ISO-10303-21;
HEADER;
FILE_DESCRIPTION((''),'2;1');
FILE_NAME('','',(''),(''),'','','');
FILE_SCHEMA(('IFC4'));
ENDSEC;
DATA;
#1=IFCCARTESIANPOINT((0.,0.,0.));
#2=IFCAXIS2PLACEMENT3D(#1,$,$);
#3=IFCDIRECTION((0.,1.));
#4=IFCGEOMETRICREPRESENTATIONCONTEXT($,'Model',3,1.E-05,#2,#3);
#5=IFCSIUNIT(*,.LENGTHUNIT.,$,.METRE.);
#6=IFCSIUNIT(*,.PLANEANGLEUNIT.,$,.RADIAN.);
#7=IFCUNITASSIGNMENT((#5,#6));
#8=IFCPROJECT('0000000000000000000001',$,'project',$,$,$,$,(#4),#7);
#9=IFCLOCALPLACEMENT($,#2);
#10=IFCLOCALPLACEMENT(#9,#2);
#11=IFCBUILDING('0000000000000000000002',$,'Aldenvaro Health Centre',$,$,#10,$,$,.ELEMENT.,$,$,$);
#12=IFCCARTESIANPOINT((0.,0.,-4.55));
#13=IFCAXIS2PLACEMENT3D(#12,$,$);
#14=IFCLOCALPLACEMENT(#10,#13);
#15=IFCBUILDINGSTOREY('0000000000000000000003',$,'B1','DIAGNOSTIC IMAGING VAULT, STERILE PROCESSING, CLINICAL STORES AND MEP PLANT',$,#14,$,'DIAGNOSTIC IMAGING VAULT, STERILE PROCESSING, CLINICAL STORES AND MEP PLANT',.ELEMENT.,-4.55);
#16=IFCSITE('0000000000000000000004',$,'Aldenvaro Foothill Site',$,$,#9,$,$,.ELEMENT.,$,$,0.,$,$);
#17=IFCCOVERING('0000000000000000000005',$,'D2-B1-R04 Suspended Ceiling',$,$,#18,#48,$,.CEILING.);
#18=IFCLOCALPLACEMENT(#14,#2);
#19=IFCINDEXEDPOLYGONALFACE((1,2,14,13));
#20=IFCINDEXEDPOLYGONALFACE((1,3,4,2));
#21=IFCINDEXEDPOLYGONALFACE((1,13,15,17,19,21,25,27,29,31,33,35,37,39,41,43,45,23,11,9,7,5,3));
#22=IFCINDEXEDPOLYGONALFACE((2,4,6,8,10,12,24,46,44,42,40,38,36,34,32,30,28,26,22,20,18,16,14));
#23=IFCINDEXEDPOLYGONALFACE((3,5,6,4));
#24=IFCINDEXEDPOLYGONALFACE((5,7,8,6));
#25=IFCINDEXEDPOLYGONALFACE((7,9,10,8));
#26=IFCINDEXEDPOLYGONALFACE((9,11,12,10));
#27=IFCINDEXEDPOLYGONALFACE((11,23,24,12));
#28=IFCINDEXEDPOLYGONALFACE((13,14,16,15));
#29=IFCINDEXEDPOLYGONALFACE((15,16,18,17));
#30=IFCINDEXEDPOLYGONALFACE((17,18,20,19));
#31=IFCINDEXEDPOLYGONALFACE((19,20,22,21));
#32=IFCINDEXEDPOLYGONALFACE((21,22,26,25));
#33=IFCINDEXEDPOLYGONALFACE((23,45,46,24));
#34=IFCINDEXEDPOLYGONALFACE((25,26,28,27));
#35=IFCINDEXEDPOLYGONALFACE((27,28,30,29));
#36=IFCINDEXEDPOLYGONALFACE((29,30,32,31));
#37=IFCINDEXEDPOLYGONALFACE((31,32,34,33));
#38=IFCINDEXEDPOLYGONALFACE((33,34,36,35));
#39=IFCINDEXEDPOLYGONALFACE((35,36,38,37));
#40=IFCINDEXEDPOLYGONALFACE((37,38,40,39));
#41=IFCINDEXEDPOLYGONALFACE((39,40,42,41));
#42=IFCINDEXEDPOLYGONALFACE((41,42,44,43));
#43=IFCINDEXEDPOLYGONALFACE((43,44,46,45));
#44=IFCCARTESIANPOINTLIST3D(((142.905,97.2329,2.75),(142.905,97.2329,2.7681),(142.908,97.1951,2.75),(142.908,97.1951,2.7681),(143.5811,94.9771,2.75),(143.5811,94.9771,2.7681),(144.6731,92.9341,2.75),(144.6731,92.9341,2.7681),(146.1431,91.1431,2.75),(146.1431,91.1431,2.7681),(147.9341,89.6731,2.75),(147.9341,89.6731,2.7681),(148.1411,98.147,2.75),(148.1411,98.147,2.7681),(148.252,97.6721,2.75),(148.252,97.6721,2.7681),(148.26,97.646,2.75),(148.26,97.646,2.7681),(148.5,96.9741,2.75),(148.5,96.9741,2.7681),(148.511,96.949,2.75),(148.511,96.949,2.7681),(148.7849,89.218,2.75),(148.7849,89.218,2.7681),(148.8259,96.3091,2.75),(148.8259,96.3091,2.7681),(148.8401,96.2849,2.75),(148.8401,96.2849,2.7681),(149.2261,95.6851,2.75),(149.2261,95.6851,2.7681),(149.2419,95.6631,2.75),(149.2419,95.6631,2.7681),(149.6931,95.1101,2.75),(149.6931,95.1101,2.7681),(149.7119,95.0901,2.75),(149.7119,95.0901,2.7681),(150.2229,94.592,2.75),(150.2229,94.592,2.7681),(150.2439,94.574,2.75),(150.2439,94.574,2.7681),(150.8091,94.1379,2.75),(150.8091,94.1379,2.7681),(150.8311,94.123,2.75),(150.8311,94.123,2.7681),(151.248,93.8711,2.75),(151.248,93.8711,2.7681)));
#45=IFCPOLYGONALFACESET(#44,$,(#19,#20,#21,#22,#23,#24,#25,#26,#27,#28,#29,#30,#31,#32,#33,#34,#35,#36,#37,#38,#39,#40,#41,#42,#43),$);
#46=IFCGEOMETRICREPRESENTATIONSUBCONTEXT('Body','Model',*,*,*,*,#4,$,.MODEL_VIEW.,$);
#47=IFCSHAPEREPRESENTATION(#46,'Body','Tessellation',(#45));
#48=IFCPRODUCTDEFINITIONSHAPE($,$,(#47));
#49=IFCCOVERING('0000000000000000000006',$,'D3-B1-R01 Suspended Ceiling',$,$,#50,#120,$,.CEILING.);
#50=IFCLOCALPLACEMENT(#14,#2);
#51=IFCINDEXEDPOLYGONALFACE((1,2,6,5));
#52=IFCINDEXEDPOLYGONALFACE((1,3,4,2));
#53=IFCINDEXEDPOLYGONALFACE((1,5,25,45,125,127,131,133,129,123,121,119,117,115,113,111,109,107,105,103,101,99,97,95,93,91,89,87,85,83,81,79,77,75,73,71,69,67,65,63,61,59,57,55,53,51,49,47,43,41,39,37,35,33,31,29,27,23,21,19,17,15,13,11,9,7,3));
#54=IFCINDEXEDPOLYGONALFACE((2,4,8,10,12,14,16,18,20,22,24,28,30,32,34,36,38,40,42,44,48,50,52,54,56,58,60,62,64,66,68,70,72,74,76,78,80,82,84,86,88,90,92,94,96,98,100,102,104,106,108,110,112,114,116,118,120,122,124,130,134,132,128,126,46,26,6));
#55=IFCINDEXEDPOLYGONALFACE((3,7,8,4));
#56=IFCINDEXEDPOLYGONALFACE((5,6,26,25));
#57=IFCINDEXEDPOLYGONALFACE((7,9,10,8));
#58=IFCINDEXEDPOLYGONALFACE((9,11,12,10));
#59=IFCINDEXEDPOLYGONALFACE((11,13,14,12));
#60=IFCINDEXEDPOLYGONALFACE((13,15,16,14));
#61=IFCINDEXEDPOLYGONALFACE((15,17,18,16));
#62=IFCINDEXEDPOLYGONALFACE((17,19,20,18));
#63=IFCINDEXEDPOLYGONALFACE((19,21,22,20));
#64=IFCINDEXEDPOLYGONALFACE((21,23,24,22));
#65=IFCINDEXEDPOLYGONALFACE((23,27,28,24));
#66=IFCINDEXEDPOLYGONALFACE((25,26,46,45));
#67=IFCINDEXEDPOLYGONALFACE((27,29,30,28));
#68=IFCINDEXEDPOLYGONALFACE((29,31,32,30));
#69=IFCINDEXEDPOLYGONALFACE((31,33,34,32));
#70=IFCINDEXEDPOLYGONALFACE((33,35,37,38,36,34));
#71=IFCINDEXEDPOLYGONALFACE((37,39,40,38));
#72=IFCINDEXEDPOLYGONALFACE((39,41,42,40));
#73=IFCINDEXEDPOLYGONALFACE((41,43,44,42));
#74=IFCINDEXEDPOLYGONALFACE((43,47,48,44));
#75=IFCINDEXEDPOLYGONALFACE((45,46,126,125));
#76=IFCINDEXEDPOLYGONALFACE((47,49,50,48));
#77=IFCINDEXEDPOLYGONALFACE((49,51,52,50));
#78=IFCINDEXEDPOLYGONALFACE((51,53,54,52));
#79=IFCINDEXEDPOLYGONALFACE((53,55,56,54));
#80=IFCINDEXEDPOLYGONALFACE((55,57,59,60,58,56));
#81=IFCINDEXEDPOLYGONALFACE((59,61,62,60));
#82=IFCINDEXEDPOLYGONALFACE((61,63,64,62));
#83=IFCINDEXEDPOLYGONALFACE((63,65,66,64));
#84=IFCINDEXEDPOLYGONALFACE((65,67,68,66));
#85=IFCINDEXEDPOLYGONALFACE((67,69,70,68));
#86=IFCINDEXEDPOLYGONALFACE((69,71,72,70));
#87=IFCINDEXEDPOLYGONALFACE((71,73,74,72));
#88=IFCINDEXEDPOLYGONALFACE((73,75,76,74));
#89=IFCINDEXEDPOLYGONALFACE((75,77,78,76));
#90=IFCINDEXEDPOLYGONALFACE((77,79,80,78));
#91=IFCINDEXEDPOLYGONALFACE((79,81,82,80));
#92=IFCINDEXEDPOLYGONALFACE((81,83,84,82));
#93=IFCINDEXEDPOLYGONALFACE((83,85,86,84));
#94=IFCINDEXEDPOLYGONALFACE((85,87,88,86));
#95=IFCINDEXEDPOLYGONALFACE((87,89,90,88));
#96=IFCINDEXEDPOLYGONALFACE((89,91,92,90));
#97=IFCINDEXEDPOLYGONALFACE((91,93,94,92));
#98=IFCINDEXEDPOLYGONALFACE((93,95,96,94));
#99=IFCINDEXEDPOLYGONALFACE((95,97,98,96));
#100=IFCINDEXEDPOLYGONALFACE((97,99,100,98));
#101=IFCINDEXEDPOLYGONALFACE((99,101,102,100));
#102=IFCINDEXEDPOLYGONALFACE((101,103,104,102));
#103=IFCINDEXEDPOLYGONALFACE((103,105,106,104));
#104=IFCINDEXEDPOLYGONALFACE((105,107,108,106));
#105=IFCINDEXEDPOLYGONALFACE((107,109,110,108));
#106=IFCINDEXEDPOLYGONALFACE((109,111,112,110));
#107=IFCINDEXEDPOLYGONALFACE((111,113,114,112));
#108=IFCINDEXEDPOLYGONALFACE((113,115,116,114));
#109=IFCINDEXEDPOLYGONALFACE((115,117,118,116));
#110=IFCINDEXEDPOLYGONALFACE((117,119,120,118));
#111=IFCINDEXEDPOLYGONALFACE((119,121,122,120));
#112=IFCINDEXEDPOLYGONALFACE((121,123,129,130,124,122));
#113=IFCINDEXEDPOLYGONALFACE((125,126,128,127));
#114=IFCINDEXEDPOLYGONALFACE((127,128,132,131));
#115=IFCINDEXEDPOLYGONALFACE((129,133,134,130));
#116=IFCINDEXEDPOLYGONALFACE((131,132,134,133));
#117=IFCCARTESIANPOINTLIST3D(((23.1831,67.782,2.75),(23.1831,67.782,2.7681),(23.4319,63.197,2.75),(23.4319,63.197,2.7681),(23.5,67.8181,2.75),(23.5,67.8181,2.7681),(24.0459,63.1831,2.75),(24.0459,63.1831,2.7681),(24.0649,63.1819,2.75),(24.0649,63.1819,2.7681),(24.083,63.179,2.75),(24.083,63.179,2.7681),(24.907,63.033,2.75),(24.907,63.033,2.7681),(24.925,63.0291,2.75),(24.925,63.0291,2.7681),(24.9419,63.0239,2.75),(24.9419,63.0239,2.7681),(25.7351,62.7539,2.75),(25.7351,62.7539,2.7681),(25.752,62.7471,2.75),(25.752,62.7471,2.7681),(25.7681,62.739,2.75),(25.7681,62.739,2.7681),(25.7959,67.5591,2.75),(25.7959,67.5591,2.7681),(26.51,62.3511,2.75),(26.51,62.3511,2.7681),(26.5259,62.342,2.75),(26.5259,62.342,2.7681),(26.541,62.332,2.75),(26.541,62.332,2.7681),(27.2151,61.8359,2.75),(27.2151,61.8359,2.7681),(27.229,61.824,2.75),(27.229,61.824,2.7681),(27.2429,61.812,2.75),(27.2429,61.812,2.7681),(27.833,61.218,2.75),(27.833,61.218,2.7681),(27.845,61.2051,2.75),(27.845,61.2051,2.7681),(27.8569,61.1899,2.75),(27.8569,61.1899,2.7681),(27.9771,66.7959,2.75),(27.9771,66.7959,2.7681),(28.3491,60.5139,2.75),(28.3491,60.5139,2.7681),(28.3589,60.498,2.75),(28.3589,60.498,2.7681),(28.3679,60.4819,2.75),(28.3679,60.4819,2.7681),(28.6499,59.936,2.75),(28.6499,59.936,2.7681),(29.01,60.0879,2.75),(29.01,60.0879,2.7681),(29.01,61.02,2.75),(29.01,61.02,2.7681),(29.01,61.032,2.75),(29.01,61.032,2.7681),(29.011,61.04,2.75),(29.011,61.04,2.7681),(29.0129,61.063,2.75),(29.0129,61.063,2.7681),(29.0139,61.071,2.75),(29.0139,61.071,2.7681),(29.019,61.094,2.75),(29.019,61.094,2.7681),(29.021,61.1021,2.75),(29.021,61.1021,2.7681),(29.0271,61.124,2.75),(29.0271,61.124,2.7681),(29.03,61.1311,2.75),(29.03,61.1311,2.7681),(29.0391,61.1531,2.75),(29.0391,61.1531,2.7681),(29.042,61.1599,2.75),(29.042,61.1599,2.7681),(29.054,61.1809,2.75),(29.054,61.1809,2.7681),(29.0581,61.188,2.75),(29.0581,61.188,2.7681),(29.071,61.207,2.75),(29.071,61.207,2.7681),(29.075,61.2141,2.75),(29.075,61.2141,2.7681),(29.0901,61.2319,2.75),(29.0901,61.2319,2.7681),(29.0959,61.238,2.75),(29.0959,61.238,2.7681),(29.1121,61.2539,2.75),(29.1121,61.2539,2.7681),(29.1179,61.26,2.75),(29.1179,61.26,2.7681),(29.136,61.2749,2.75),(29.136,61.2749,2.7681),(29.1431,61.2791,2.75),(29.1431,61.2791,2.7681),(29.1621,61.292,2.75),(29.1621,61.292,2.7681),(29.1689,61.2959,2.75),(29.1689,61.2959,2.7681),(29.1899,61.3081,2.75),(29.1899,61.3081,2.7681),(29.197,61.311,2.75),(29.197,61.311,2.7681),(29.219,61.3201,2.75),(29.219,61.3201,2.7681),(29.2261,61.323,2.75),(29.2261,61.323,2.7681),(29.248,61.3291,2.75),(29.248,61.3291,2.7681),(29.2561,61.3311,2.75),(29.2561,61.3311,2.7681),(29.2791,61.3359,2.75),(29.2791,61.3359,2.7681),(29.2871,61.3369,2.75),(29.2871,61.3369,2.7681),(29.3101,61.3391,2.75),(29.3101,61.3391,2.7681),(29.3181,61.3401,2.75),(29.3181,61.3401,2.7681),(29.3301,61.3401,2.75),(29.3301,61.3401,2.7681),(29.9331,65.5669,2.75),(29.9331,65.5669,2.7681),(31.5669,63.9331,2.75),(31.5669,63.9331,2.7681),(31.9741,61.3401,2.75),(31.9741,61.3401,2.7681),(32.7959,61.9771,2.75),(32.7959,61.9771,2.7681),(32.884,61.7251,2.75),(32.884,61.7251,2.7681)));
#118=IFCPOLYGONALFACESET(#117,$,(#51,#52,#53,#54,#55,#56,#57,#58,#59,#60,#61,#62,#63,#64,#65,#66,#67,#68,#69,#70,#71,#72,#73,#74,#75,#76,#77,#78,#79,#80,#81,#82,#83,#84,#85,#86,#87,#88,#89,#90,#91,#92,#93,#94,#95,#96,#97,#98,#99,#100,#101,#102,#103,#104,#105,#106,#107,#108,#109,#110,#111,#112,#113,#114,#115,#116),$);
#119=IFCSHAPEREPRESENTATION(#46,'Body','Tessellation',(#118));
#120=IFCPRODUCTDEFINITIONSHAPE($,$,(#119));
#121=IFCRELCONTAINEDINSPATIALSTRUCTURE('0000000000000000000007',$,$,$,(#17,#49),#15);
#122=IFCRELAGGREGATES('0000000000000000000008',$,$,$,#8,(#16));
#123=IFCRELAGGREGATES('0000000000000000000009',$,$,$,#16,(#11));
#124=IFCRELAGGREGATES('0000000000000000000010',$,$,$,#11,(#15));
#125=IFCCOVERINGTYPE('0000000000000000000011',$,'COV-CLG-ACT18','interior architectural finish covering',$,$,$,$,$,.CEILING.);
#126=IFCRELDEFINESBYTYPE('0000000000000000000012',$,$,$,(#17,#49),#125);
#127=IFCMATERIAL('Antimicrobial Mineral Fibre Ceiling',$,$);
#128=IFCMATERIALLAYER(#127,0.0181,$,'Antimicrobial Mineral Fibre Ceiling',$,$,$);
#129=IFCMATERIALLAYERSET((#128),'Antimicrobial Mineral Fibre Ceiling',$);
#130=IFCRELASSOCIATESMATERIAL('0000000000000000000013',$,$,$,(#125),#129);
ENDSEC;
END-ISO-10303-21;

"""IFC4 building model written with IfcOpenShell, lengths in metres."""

from ifc_helpers import new_model, si_unit, direction, frame, origin, place, context, subcontext, project, spatial, polyline, outline, extrude, material, layer, layer_set, type_object, element, save


model = new_model("IFC4")

# Units and contexts
model_context = context("Model", 3, precision=1e-05, world=origin(), true_north=direction((0.0, 1.0)))
body_context = subcontext(model_context, "Body", "Model", "MODEL_VIEW")
ifc_project = project(units=[si_unit("LENGTHUNIT", "METRE"), si_unit("PLANEANGLEUNIT", "RADIAN")], contexts=[model_context])

# Site, building, storey
site_placement = place(None, origin())
site = spatial("IfcSite", under=ifc_project, at=site_placement, Name="Aldenvaro Foothill Site", CompositionType="ELEMENT", RefElevation=0.0)
building_placement = place(site_placement, origin())
building = spatial("IfcBuilding", under=site, at=building_placement, Name="Aldenvaro Health Centre", CompositionType="ELEMENT")
storey_placement = place(building_placement, frame((0.0, 0.0, -4.55)))
storey = spatial("IfcBuildingStorey", under=building, at=storey_placement, Name="B1", Description="DIAGNOSTIC IMAGING VAULT, STERILE PROCESSING, CLINICAL STORES AND MEP PLANT", LongName="DIAGNOSTIC IMAGING VAULT, STERILE PROCESSING, CLINICAL STORES AND MEP PLANT", CompositionType="ELEMENT", Elevation=-4.55)

# Coverings
ifc_material_1 = material(Name="Antimicrobial Mineral Fibre Ceiling")
ifc_layer_1 = layer(ifc_material_1, 0.0181, Name="Antimicrobial Mineral Fibre Ceiling")
ifc_layer_set_1 = layer_set([ifc_layer_1], Name="Antimicrobial Mineral Fibre Ceiling")
covering_type_1 = type_object("IfcCoveringType", Name="COV-CLG-ACT18", Description="interior architectural finish covering", PredefinedType="CEILING", material=ifc_layer_set_1)
covering_1_placement = place(storey_placement, frame((0.0, 0.0, 2.75)))
element("IfcCovering", 1, at=covering_1_placement, inside=storey, type_object=covering_type_1, Name="D2-B1-R04 Suspended Ceiling", PredefinedType="CEILING", context=body_context, shape_type="SweptSolid", body=[
    extrude(outline(polyline([(148.252, 97.6721), (148.26, 97.646), (148.5, 96.9741), (148.511, 96.949), (148.8259, 96.3091), (148.8401, 96.2849), (149.2261, 95.6851), (149.2419, 95.6631), (149.6931, 95.1101), (149.7119, 95.0901), (150.2229, 94.592), (150.2439, 94.574), (150.8091, 94.1379), (150.8311, 94.123), (151.248, 93.8711), (148.7849, 89.218), (147.9341, 89.6731), (146.1431, 91.1431), (144.6731, 92.9341), (143.5811, 94.9771), (142.908, 97.1951), (142.905, 97.2329), (148.1411, 98.147), (148.252, 97.6721)])), origin(), (0.0, 0.0, 1.0), 0.0181),
])
covering_2_placement = place(storey_placement, frame((0.0, 0.0, 2.75)))
element("IfcCovering", 2, at=covering_2_placement, inside=storey, type_object=covering_type_1, Name="D3-B1-R01 Suspended Ceiling", PredefinedType="CEILING", context=body_context, shape_type="SweptSolid", body=[
    extrude(outline(polyline([(28.3679, 60.4819), (28.3589, 60.498), (28.3491, 60.5139), (27.8569, 61.1899), (27.845, 61.2051), (27.833, 61.218), (27.2429, 61.812), (27.229, 61.824), (27.2151, 61.8359), (26.541, 62.332), (26.5259, 62.342), (26.51, 62.3511), (25.7681, 62.739), (25.752, 62.7471), (25.7351, 62.7539), (24.9419, 63.0239), (24.925, 63.0291), (24.907, 63.033), (24.083, 63.179), (24.0649, 63.1819), (24.0459, 63.1831), (23.4319, 63.197), (23.1831, 67.782), (23.5, 67.8181), (25.7959, 67.5591), (27.9771, 66.7959), (29.9331, 65.5669), (31.5669, 63.9331), (32.7959, 61.9771), (32.884, 61.7251), (31.9741, 61.3401), (29.3301, 61.3401), (29.3181, 61.3401), (29.3101, 61.3391), (29.2871, 61.3369), (29.2791, 61.3359), (29.2561, 61.3311), (29.248, 61.3291), (29.2261, 61.323), (29.219, 61.3201), (29.197, 61.311), (29.1899, 61.3081), (29.1689, 61.2959), (29.1621, 61.292), (29.1431, 61.2791), (29.136, 61.2749), (29.1179, 61.26), (29.1121, 61.2539), (29.0959, 61.238), (29.0901, 61.2319), (29.075, 61.2141), (29.071, 61.207), (29.0581, 61.188), (29.054, 61.1809), (29.042, 61.1599), (29.0391, 61.1531), (29.03, 61.1311), (29.0271, 61.124), (29.021, 61.1021), (29.019, 61.094), (29.0139, 61.071), (29.0129, 61.063), (29.011, 61.04), (29.01, 61.032), (29.01, 61.02), (29.01, 60.0879), (28.6499, 59.936), (28.3679, 60.4819)])), origin(), (0.0, 0.0, 1.0), 0.0181),
])

save(model, "model.ifc")
